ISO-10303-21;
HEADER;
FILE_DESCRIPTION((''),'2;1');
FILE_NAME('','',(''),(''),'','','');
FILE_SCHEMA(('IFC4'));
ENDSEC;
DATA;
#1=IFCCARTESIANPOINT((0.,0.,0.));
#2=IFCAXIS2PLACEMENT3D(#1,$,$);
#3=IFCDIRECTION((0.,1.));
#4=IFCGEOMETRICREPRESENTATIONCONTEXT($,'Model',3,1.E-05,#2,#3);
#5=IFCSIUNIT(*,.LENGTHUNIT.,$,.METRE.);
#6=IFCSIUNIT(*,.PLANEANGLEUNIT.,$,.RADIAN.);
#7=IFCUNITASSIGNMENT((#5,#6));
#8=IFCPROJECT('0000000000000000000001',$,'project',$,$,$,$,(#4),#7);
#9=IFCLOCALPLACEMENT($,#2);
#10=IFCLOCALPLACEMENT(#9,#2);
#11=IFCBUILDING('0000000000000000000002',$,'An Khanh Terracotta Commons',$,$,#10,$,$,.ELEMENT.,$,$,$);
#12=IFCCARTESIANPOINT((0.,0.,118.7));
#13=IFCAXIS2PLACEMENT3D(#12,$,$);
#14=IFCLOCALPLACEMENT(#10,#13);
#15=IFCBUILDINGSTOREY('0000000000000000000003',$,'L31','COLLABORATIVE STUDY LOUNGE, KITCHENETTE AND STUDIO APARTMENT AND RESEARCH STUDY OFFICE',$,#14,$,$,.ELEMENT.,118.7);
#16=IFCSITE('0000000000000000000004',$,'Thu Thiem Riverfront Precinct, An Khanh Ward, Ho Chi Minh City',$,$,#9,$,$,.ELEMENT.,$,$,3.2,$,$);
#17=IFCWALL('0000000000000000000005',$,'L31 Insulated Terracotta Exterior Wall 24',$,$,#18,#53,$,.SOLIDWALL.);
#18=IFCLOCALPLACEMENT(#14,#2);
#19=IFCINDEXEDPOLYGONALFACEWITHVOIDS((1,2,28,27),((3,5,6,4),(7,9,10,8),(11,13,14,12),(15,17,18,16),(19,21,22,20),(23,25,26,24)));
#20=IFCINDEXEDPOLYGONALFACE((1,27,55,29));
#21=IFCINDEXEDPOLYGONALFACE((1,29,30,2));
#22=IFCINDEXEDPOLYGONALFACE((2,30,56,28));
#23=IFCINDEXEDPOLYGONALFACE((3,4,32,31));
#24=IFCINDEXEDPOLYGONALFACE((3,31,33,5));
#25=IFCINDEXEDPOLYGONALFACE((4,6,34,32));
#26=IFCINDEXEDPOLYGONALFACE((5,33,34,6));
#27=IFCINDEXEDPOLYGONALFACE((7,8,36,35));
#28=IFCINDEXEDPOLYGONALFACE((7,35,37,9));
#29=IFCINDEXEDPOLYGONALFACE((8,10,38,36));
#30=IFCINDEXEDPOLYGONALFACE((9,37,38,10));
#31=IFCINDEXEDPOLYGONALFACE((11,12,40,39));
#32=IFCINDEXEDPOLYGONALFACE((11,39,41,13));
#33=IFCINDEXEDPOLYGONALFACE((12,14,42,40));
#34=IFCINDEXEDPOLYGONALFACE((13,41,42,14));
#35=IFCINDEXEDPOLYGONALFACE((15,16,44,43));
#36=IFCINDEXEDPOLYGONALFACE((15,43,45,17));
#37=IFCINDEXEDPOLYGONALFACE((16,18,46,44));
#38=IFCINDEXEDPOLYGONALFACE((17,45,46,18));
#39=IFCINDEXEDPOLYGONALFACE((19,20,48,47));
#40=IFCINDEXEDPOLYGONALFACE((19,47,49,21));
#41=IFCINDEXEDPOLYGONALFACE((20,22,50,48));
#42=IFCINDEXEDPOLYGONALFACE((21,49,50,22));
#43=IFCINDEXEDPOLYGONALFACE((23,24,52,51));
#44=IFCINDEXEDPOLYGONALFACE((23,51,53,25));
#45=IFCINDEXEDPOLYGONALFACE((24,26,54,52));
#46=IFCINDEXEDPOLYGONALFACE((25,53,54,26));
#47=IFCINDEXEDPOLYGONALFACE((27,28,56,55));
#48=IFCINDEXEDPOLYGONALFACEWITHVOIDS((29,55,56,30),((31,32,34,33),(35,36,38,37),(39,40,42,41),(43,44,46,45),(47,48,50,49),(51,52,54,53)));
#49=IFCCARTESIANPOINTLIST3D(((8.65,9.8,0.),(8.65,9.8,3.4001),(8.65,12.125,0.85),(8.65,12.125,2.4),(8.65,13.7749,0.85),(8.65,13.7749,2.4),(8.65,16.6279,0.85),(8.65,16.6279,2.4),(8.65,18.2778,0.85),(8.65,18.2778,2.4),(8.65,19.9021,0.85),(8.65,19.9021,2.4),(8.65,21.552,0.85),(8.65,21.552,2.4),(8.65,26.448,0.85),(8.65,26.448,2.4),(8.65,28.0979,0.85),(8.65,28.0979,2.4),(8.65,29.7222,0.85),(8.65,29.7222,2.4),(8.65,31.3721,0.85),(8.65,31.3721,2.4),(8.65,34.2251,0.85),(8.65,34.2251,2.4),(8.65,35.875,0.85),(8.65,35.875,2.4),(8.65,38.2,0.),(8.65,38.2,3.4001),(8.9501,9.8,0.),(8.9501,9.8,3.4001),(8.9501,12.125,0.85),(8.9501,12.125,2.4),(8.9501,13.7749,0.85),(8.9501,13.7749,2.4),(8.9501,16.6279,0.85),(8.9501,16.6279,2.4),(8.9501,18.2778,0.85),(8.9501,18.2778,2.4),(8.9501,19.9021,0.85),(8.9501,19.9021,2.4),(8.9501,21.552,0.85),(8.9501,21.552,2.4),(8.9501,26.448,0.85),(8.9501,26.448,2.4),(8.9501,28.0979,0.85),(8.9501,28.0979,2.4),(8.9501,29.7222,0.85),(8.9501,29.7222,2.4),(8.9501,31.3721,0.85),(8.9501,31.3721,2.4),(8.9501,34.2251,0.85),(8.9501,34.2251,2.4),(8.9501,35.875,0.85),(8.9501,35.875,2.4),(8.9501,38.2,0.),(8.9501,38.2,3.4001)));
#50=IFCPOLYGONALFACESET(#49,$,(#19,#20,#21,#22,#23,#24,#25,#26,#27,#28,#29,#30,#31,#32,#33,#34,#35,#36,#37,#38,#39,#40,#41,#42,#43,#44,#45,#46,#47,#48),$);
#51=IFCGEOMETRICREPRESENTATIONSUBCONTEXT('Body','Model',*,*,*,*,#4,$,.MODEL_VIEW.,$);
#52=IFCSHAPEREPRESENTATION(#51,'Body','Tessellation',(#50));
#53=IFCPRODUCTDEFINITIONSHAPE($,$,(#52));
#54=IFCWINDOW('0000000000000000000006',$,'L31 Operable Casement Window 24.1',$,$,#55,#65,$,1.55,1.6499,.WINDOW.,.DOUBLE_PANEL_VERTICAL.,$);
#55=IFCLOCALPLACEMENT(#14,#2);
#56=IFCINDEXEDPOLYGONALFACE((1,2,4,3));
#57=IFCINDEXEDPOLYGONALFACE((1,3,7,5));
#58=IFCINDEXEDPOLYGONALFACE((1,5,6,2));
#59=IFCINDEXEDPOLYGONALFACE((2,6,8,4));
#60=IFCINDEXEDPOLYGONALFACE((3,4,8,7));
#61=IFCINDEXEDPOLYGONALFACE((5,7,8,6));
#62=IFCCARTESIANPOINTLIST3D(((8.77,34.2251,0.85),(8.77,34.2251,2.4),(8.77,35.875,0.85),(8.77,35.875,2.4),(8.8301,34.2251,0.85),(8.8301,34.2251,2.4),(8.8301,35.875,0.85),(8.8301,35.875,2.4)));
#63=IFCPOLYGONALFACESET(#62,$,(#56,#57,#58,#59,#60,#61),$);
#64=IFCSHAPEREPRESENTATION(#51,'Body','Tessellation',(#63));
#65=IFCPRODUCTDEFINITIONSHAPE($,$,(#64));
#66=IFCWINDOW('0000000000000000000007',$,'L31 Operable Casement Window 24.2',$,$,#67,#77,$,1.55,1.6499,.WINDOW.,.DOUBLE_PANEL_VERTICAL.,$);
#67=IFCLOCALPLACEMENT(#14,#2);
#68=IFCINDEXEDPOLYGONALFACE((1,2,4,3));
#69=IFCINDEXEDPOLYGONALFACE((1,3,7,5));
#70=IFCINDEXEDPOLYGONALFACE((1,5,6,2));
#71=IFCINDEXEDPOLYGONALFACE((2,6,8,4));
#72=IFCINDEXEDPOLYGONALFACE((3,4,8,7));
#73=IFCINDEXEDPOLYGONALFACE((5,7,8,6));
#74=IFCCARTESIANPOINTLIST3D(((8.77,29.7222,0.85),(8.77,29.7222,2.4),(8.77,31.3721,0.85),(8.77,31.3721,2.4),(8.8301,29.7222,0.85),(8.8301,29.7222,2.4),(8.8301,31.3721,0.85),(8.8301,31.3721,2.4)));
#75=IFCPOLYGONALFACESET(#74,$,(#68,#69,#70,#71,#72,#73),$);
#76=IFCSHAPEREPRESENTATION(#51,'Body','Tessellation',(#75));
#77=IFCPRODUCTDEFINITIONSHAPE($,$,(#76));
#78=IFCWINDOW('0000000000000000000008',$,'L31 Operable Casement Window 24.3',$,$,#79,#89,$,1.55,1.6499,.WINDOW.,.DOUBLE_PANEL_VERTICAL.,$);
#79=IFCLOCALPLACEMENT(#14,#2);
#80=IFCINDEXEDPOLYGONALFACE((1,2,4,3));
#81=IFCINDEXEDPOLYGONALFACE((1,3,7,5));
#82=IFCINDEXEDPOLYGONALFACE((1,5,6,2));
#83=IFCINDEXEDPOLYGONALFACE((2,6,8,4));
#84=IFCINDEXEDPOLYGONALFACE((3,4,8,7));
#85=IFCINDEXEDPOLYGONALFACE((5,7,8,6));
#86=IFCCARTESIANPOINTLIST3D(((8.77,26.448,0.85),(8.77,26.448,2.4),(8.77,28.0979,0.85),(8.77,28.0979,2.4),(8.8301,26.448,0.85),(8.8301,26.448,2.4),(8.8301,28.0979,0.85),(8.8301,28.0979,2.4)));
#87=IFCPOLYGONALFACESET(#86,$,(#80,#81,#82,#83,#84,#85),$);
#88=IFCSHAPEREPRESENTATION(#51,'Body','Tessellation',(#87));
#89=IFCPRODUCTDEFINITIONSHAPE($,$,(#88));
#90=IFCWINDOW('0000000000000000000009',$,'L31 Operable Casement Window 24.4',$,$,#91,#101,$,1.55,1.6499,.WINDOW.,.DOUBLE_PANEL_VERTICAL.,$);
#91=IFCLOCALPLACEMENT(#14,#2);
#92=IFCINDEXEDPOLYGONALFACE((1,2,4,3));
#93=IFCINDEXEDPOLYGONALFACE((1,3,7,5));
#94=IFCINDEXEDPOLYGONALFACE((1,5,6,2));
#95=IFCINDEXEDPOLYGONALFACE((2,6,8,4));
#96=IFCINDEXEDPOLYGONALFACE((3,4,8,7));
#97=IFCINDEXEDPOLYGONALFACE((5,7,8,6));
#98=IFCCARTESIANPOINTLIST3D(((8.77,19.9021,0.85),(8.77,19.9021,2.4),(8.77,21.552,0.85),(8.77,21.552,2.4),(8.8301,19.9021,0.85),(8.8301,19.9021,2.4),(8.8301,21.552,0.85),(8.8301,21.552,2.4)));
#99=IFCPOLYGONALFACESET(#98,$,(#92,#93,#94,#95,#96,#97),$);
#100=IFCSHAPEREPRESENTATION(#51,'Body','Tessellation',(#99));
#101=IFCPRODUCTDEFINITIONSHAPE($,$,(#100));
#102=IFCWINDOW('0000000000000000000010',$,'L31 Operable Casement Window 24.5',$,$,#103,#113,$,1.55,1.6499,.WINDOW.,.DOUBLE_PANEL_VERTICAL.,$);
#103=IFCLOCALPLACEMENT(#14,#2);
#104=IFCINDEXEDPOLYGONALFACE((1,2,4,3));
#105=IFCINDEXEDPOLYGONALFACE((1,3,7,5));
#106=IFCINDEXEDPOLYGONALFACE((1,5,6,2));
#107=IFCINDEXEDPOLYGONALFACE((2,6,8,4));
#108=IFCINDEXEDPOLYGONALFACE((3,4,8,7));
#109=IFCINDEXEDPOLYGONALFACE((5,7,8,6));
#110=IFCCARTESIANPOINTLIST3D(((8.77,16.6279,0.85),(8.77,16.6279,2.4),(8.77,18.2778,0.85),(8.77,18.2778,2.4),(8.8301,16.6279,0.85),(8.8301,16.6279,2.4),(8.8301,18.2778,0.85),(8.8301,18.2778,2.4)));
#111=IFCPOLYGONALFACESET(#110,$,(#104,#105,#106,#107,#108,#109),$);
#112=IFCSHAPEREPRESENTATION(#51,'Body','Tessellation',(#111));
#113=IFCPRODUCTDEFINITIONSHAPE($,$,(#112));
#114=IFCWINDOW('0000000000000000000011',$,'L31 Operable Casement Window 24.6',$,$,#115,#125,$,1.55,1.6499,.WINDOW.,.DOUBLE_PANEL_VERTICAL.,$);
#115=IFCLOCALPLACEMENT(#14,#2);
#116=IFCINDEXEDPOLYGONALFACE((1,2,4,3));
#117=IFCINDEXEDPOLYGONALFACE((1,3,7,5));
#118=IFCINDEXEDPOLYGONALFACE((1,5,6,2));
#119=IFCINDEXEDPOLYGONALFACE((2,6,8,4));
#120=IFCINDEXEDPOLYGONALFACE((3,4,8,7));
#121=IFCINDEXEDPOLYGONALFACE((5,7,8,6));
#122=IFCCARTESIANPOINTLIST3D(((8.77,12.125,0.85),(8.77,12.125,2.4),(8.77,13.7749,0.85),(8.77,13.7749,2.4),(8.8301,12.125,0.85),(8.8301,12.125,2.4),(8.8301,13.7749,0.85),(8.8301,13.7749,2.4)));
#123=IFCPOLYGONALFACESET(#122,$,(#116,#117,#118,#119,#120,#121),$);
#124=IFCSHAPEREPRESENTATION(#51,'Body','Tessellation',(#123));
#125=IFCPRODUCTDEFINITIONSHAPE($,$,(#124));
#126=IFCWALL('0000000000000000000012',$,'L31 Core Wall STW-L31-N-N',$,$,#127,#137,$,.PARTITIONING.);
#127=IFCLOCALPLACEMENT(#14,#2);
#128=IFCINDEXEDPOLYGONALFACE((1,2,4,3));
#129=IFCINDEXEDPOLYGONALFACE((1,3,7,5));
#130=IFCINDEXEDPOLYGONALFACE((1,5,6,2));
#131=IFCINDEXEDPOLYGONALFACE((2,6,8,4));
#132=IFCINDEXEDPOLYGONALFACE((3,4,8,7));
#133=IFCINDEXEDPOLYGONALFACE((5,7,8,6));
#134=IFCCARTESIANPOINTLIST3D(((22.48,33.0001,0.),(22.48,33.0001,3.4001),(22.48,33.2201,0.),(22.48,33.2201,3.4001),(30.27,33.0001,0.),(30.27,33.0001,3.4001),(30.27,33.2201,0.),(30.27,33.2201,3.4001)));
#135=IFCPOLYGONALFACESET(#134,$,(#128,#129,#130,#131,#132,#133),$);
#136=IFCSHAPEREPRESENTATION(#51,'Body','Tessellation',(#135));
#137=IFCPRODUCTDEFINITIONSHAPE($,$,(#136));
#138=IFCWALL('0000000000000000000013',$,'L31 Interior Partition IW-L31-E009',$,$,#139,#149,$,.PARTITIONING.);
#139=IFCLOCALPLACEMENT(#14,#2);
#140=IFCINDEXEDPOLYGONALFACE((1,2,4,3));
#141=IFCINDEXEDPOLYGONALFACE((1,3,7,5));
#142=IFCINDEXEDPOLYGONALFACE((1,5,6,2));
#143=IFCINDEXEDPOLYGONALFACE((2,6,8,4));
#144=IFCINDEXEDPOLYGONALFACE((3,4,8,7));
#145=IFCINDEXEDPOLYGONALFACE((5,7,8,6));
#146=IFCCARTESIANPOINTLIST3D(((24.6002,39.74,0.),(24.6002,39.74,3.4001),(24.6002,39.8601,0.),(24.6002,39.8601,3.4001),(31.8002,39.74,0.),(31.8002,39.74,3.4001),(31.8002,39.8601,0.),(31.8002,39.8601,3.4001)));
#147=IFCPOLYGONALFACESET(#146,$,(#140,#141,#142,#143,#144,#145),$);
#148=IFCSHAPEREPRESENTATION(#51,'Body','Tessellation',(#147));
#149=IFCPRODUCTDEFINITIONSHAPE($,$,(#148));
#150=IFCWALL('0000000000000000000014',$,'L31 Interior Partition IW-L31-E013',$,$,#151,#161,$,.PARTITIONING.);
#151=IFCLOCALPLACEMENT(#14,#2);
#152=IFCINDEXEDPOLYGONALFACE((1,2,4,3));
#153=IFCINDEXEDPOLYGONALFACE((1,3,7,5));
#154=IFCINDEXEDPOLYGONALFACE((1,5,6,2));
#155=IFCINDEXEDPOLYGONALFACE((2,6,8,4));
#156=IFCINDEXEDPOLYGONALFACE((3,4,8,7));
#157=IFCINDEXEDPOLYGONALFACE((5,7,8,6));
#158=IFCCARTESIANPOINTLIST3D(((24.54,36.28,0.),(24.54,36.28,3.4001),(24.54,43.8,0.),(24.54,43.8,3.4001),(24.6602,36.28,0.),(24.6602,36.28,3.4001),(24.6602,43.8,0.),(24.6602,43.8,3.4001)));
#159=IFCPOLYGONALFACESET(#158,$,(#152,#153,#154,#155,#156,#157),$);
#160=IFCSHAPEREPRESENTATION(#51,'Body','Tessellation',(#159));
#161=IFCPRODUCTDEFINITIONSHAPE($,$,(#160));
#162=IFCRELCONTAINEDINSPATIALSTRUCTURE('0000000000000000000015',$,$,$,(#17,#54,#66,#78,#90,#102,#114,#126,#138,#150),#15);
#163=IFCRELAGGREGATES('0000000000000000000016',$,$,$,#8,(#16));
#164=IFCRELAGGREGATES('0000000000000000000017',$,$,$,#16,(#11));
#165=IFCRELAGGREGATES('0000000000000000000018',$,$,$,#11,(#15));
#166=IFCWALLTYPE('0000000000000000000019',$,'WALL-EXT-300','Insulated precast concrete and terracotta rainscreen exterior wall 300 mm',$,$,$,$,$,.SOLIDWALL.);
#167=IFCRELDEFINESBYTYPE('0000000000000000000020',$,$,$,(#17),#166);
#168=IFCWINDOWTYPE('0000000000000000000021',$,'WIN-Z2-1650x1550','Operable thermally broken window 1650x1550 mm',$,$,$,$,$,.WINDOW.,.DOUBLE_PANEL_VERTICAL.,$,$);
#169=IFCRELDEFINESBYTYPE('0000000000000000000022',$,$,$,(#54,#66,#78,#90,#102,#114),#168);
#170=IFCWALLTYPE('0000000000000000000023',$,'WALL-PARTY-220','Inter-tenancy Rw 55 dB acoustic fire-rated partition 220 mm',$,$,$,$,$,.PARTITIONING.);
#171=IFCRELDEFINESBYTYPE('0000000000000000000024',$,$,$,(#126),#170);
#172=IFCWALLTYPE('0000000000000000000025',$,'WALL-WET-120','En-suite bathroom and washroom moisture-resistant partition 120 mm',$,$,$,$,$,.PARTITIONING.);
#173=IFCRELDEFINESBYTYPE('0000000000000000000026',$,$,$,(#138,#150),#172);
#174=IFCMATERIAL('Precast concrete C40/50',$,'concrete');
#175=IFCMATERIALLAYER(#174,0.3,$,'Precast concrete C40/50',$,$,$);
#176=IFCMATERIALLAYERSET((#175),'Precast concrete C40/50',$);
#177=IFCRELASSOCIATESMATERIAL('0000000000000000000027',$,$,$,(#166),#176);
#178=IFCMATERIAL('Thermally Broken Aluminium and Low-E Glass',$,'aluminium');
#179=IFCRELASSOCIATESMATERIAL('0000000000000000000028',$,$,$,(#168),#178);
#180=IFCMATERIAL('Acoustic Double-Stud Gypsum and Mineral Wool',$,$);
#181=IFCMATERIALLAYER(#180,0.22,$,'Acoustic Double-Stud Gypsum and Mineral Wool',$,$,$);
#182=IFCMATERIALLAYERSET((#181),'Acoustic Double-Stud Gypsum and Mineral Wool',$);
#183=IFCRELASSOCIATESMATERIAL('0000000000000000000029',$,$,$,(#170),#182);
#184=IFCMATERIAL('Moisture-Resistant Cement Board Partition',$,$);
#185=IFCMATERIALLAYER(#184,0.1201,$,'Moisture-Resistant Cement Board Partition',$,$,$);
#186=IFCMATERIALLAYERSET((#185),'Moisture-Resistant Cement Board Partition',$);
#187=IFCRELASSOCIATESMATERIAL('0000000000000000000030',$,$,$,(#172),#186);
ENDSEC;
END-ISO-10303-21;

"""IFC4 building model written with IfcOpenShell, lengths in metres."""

from ifc_helpers import new_model, si_unit, direction, frame, frame_2d, origin, place, context, subcontext, project, spatial, rectangle, extrude, material, layer, layer_set, type_object, element, fill, save


model = new_model("IFC4")

# Units and contexts
model_context = context("Model", 3, precision=1e-05, world=origin(), true_north=direction((0.0, 1.0)))
body_context = subcontext(model_context, "Body", "Model", "MODEL_VIEW")
ifc_project = project(units=[si_unit("LENGTHUNIT", "METRE"), si_unit("PLANEANGLEUNIT", "RADIAN")], contexts=[model_context])

# Site, building, storey
site_placement = place(None, origin())
site = spatial("IfcSite", under=ifc_project, at=site_placement, Name="Thu Thiem Riverfront Precinct, An Khanh Ward, Ho Chi Minh City", CompositionType="ELEMENT", RefElevation=3.2)
building_placement = place(site_placement, origin())
building = spatial("IfcBuilding", under=site, at=building_placement, Name="An Khanh Terracotta Commons", CompositionType="ELEMENT")
storey_placement = place(building_placement, frame((0.0, 0.0, 118.7)))
storey = spatial("IfcBuildingStorey", under=building, at=storey_placement, Name="L31", Description="COLLABORATIVE STUDY LOUNGE, KITCHENETTE AND STUDIO APARTMENT AND RESEARCH STUDY OFFICE", CompositionType="ELEMENT", Elevation=118.7)

# Shared definitions
ifc_material_1 = material(Name="Precast concrete C40/50", Category="concrete")
ifc_layer_1 = layer(ifc_material_1, 0.3, Name="Precast concrete C40/50")
ifc_layer_set_1 = layer_set([ifc_layer_1], Name="Precast concrete C40/50")
wall_type_1 = type_object("IfcWallType", Name="WALL-EXT-300", Description="Insulated precast concrete and terracotta rainscreen exterior wall 300 mm", PredefinedType="SOLIDWALL", material=ifc_layer_set_1)

# Wall, openings, windows
wall_1_placement = place(storey_placement, frame((8.8, 38.2, 0.0), z_axis=(0.0, 0.0, 1.0), x_axis=(0.0, -1.0, 0.0)))
wall_1 = element("IfcWall", 1, at=wall_1_placement, inside=storey, type_object=wall_type_1, Name="L31 Insulated Terracotta Exterior Wall 24", PredefinedType="SOLIDWALL", context=body_context, shape_type="SweptSolid", body=[
    extrude(rectangle(XDim=28.3999, YDim=0.3, at=frame_2d((14.2, 0.0))), origin(), (0.0, 0.0, 1.0), 3.4001),
])
opening_1_placement = place(wall_1_placement, frame((2.325, 0.0, 0.8501)))
opening_1 = element("IfcOpeningElement", 2, at=opening_1_placement, cuts=wall_1, PredefinedType="OPENING", context=body_context, shape_type="SweptSolid", body=[
    extrude(rectangle(XDim=1.6499, YDim=1.55, at=frame_2d((0.825, 0.7749))), frame((0.0, 0.1599, 0.0), z_axis=(0.0, -1.0, 0.0), x_axis=(1.0, 0.0, 0.0)), (0.0, 0.0, 1.0), 0.3201),
])
opening_2_placement = place(wall_1_placement, frame((6.8279, 0.0, 0.8501)))
opening_2 = element("IfcOpeningElement", 3, at=opening_2_placement, cuts=wall_1, PredefinedType="OPENING", context=body_context, shape_type="SweptSolid", body=[
    extrude(rectangle(XDim=1.6499, YDim=1.55, at=frame_2d((0.825, 0.7749))), frame((0.0, 0.1599, 0.0), z_axis=(0.0, -1.0, 0.0), x_axis=(1.0, 0.0, 0.0)), (0.0, 0.0, 1.0), 0.3201),
])
opening_3_placement = place(wall_1_placement, frame((10.1021, 0.0, 0.8501)))
opening_3 = element("IfcOpeningElement", 4, at=opening_3_placement, cuts=wall_1, PredefinedType="OPENING", context=body_context, shape_type="SweptSolid", body=[
    extrude(rectangle(XDim=1.6499, YDim=1.55, at=frame_2d((0.825, 0.7749))), frame((0.0, 0.1599, 0.0), z_axis=(0.0, -1.0, 0.0), x_axis=(1.0, 0.0, 0.0)), (0.0, 0.0, 1.0), 0.3201),
])
opening_4_placement = place(wall_1_placement, frame((16.6479, 0.0, 0.8501)))
opening_4 = element("IfcOpeningElement", 5, at=opening_4_placement, cuts=wall_1, PredefinedType="OPENING", context=body_context, shape_type="SweptSolid", body=[
    extrude(rectangle(XDim=1.6499, YDim=1.55, at=frame_2d((0.825, 0.7749))), frame((0.0, 0.1599, 0.0), z_axis=(0.0, -1.0, 0.0), x_axis=(1.0, 0.0, 0.0)), (0.0, 0.0, 1.0), 0.3201),
])
opening_5_placement = place(wall_1_placement, frame((19.9221, 0.0, 0.8501)))
opening_5 = element("IfcOpeningElement", 6, at=opening_5_placement, cuts=wall_1, PredefinedType="OPENING", context=body_context, shape_type="SweptSolid", body=[
    extrude(rectangle(XDim=1.6499, YDim=1.55, at=frame_2d((0.825, 0.7749))), frame((0.0, 0.1599, 0.0), z_axis=(0.0, -1.0, 0.0), x_axis=(1.0, 0.0, 0.0)), (0.0, 0.0, 1.0), 0.3201),
])
opening_6_placement = place(wall_1_placement, frame((24.425, 0.0, 0.8501)))
opening_6 = element("IfcOpeningElement", 7, at=opening_6_placement, cuts=wall_1, PredefinedType="OPENING", context=body_context, shape_type="SweptSolid", body=[
    extrude(rectangle(XDim=1.6499, YDim=1.55, at=frame_2d((0.825, 0.7749))), frame((0.0, 0.1599, 0.0), z_axis=(0.0, -1.0, 0.0), x_axis=(1.0, 0.0, 0.0)), (0.0, 0.0, 1.0), 0.3201),
])
ifc_material_2 = material(Name="Thermally Broken Aluminium and Low-E Glass", Category="aluminium")
window_type = type_object("IfcWindowType", Name="WIN-Z2-1650x1550", Description="Operable thermally broken window 1650x1550 mm", PartitioningType="DOUBLE_PANEL_VERTICAL", PredefinedType="WINDOW", material=ifc_material_2)
window_1_placement = place(opening_1_placement, origin())
window_1 = element("IfcWindow", 8, at=window_1_placement, inside=storey, type_object=window_type, Name="L31 Operable Casement Window 24.1", OverallHeight=1.55, OverallWidth=1.6499, PartitioningType="DOUBLE_PANEL_VERTICAL", PredefinedType="WINDOW", context=body_context, shape_type="SweptSolid", body=[
    extrude(rectangle(XDim=1.6499, YDim=1.55, at=frame_2d((0.825, 0.7749))), frame((0.0, 0.03, 0.0), z_axis=(0.0, -1.0, 0.0), x_axis=(1.0, 0.0, 0.0)), (0.0, 0.0, 1.0), 0.0601),
])
fill(opening_1, window_1)
window_2_placement = place(opening_2_placement, origin())
window_2 = element("IfcWindow", 9, at=window_2_placement, inside=storey, type_object=window_type, Name="L31 Operable Casement Window 24.2", OverallHeight=1.55, OverallWidth=1.6499, PartitioningType="DOUBLE_PANEL_VERTICAL", PredefinedType="WINDOW", context=body_context, shape_type="SweptSolid", body=[
    extrude(rectangle(XDim=1.6499, YDim=1.55, at=frame_2d((0.825, 0.7749))), frame((0.0, 0.03, 0.0), z_axis=(0.0, -1.0, 0.0), x_axis=(1.0, 0.0, 0.0)), (0.0, 0.0, 1.0), 0.0601),
])
fill(opening_2, window_2)
window_3_placement = place(opening_3_placement, origin())
window_3 = element("IfcWindow", 10, at=window_3_placement, inside=storey, type_object=window_type, Name="L31 Operable Casement Window 24.3", OverallHeight=1.55, OverallWidth=1.6499, PartitioningType="DOUBLE_PANEL_VERTICAL", PredefinedType="WINDOW", context=body_context, shape_type="SweptSolid", body=[
    extrude(rectangle(XDim=1.6499, YDim=1.55, at=frame_2d((0.825, 0.7749))), frame((0.0, 0.03, 0.0), z_axis=(0.0, -1.0, 0.0), x_axis=(1.0, 0.0, 0.0)), (0.0, 0.0, 1.0), 0.0601),
])
fill(opening_3, window_3)
window_4_placement = place(opening_4_placement, origin())
window_4 = element("IfcWindow", 11, at=window_4_placement, inside=storey, type_object=window_type, Name="L31 Operable Casement Window 24.4", OverallHeight=1.55, OverallWidth=1.6499, PartitioningType="DOUBLE_PANEL_VERTICAL", PredefinedType="WINDOW", context=body_context, shape_type="SweptSolid", body=[
    extrude(rectangle(XDim=1.6499, YDim=1.55, at=frame_2d((0.825, 0.7749))), frame((0.0, 0.03, 0.0), z_axis=(0.0, -1.0, 0.0), x_axis=(1.0, 0.0, 0.0)), (0.0, 0.0, 1.0), 0.0601),
])
fill(opening_4, window_4)
window_5_placement = place(opening_5_placement, origin())
window_5 = element("IfcWindow", 12, at=window_5_placement, inside=storey, type_object=window_type, Name="L31 Operable Casement Window 24.5", OverallHeight=1.55, OverallWidth=1.6499, PartitioningType="DOUBLE_PANEL_VERTICAL", PredefinedType="WINDOW", context=body_context, shape_type="SweptSolid", body=[
    extrude(rectangle(XDim=1.6499, YDim=1.55, at=frame_2d((0.825, 0.7749))), frame((0.0, 0.03, 0.0), z_axis=(0.0, -1.0, 0.0), x_axis=(1.0, 0.0, 0.0)), (0.0, 0.0, 1.0), 0.0601),
])
fill(opening_5, window_5)
window_6_placement = place(opening_6_placement, origin())
window_6 = element("IfcWindow", 13, at=window_6_placement, inside=storey, type_object=window_type, Name="L31 Operable Casement Window 24.6", OverallHeight=1.55, OverallWidth=1.6499, PartitioningType="DOUBLE_PANEL_VERTICAL", PredefinedType="WINDOW", context=body_context, shape_type="SweptSolid", body=[
    extrude(rectangle(XDim=1.6499, YDim=1.55, at=frame_2d((0.825, 0.7749))), frame((0.0, 0.03, 0.0), z_axis=(0.0, -1.0, 0.0), x_axis=(1.0, 0.0, 0.0)), (0.0, 0.0, 1.0), 0.0601),
])
fill(opening_6, window_6)

# Walls
ifc_material_3 = material(Name="Acoustic Double-Stud Gypsum and Mineral Wool")
ifc_layer_2 = layer(ifc_material_3, 0.22, Name="Acoustic Double-Stud Gypsum and Mineral Wool")
ifc_layer_set_2 = layer_set([ifc_layer_2], Name="Acoustic Double-Stud Gypsum and Mineral Wool")
wall_type_2 = type_object("IfcWallType", Name="WALL-PARTY-220", Description="Inter-tenancy Rw 55 dB acoustic fire-rated partition 220 mm", PredefinedType="PARTITIONING", material=ifc_layer_set_2)
wall_2_placement = place(storey_placement, frame((22.48, 33.1101, 0.0), z_axis=(0.0, 0.0, 1.0), x_axis=(1.0, 0.0, 0.0)))
element("IfcWall", 14, at=wall_2_placement, inside=storey, type_object=wall_type_2, Name="L31 Core Wall STW-L31-N-N", PredefinedType="PARTITIONING", context=body_context, shape_type="SweptSolid", body=[
    extrude(rectangle(XDim=7.79, YDim=0.22, at=frame_2d((3.895, 0.0))), origin(), (0.0, 0.0, 1.0), 3.4001),
])
ifc_material_4 = material(Name="Moisture-Resistant Cement Board Partition")
ifc_layer_3 = layer(ifc_material_4, 0.1201, Name="Moisture-Resistant Cement Board Partition")
ifc_layer_set_3 = layer_set([ifc_layer_3], Name="Moisture-Resistant Cement Board Partition")
wall_type_3 = type_object("IfcWallType", Name="WALL-WET-120", Description="En-suite bathroom and washroom moisture-resistant partition 120 mm", PredefinedType="PARTITIONING", material=ifc_layer_set_3)
wall_3_placement = place(storey_placement, frame((24.6001, 39.8, 0.0), z_axis=(0.0, 0.0, 1.0), x_axis=(1.0, 0.0, 0.0)))
element("IfcWall", 15, at=wall_3_placement, inside=storey, type_object=wall_type_3, Name="L31 Interior Partition IW-L31-E009", PredefinedType="PARTITIONING", context=body_context, shape_type="SweptSolid", body=[
    extrude(rectangle(XDim=7.2, YDim=0.1201, at=frame_2d((3.6001, 0.0))), origin(), (0.0, 0.0, 1.0), 3.4001),
])
wall_4_placement = place(storey_placement, frame((24.6001, 36.28, 0.0), z_axis=(0.0, 0.0, 1.0), x_axis=(0.0, 1.0, 0.0)))
element("IfcWall", 16, at=wall_4_placement, inside=storey, type_object=wall_type_3, Name="L31 Interior Partition IW-L31-E013", PredefinedType="PARTITIONING", context=body_context, shape_type="SweptSolid", body=[
    extrude(rectangle(XDim=7.52, YDim=0.1201, at=frame_2d((3.76, 0.0))), origin(), (0.0, 0.0, 1.0), 3.4001),
])

save(model, "model.ifc")
